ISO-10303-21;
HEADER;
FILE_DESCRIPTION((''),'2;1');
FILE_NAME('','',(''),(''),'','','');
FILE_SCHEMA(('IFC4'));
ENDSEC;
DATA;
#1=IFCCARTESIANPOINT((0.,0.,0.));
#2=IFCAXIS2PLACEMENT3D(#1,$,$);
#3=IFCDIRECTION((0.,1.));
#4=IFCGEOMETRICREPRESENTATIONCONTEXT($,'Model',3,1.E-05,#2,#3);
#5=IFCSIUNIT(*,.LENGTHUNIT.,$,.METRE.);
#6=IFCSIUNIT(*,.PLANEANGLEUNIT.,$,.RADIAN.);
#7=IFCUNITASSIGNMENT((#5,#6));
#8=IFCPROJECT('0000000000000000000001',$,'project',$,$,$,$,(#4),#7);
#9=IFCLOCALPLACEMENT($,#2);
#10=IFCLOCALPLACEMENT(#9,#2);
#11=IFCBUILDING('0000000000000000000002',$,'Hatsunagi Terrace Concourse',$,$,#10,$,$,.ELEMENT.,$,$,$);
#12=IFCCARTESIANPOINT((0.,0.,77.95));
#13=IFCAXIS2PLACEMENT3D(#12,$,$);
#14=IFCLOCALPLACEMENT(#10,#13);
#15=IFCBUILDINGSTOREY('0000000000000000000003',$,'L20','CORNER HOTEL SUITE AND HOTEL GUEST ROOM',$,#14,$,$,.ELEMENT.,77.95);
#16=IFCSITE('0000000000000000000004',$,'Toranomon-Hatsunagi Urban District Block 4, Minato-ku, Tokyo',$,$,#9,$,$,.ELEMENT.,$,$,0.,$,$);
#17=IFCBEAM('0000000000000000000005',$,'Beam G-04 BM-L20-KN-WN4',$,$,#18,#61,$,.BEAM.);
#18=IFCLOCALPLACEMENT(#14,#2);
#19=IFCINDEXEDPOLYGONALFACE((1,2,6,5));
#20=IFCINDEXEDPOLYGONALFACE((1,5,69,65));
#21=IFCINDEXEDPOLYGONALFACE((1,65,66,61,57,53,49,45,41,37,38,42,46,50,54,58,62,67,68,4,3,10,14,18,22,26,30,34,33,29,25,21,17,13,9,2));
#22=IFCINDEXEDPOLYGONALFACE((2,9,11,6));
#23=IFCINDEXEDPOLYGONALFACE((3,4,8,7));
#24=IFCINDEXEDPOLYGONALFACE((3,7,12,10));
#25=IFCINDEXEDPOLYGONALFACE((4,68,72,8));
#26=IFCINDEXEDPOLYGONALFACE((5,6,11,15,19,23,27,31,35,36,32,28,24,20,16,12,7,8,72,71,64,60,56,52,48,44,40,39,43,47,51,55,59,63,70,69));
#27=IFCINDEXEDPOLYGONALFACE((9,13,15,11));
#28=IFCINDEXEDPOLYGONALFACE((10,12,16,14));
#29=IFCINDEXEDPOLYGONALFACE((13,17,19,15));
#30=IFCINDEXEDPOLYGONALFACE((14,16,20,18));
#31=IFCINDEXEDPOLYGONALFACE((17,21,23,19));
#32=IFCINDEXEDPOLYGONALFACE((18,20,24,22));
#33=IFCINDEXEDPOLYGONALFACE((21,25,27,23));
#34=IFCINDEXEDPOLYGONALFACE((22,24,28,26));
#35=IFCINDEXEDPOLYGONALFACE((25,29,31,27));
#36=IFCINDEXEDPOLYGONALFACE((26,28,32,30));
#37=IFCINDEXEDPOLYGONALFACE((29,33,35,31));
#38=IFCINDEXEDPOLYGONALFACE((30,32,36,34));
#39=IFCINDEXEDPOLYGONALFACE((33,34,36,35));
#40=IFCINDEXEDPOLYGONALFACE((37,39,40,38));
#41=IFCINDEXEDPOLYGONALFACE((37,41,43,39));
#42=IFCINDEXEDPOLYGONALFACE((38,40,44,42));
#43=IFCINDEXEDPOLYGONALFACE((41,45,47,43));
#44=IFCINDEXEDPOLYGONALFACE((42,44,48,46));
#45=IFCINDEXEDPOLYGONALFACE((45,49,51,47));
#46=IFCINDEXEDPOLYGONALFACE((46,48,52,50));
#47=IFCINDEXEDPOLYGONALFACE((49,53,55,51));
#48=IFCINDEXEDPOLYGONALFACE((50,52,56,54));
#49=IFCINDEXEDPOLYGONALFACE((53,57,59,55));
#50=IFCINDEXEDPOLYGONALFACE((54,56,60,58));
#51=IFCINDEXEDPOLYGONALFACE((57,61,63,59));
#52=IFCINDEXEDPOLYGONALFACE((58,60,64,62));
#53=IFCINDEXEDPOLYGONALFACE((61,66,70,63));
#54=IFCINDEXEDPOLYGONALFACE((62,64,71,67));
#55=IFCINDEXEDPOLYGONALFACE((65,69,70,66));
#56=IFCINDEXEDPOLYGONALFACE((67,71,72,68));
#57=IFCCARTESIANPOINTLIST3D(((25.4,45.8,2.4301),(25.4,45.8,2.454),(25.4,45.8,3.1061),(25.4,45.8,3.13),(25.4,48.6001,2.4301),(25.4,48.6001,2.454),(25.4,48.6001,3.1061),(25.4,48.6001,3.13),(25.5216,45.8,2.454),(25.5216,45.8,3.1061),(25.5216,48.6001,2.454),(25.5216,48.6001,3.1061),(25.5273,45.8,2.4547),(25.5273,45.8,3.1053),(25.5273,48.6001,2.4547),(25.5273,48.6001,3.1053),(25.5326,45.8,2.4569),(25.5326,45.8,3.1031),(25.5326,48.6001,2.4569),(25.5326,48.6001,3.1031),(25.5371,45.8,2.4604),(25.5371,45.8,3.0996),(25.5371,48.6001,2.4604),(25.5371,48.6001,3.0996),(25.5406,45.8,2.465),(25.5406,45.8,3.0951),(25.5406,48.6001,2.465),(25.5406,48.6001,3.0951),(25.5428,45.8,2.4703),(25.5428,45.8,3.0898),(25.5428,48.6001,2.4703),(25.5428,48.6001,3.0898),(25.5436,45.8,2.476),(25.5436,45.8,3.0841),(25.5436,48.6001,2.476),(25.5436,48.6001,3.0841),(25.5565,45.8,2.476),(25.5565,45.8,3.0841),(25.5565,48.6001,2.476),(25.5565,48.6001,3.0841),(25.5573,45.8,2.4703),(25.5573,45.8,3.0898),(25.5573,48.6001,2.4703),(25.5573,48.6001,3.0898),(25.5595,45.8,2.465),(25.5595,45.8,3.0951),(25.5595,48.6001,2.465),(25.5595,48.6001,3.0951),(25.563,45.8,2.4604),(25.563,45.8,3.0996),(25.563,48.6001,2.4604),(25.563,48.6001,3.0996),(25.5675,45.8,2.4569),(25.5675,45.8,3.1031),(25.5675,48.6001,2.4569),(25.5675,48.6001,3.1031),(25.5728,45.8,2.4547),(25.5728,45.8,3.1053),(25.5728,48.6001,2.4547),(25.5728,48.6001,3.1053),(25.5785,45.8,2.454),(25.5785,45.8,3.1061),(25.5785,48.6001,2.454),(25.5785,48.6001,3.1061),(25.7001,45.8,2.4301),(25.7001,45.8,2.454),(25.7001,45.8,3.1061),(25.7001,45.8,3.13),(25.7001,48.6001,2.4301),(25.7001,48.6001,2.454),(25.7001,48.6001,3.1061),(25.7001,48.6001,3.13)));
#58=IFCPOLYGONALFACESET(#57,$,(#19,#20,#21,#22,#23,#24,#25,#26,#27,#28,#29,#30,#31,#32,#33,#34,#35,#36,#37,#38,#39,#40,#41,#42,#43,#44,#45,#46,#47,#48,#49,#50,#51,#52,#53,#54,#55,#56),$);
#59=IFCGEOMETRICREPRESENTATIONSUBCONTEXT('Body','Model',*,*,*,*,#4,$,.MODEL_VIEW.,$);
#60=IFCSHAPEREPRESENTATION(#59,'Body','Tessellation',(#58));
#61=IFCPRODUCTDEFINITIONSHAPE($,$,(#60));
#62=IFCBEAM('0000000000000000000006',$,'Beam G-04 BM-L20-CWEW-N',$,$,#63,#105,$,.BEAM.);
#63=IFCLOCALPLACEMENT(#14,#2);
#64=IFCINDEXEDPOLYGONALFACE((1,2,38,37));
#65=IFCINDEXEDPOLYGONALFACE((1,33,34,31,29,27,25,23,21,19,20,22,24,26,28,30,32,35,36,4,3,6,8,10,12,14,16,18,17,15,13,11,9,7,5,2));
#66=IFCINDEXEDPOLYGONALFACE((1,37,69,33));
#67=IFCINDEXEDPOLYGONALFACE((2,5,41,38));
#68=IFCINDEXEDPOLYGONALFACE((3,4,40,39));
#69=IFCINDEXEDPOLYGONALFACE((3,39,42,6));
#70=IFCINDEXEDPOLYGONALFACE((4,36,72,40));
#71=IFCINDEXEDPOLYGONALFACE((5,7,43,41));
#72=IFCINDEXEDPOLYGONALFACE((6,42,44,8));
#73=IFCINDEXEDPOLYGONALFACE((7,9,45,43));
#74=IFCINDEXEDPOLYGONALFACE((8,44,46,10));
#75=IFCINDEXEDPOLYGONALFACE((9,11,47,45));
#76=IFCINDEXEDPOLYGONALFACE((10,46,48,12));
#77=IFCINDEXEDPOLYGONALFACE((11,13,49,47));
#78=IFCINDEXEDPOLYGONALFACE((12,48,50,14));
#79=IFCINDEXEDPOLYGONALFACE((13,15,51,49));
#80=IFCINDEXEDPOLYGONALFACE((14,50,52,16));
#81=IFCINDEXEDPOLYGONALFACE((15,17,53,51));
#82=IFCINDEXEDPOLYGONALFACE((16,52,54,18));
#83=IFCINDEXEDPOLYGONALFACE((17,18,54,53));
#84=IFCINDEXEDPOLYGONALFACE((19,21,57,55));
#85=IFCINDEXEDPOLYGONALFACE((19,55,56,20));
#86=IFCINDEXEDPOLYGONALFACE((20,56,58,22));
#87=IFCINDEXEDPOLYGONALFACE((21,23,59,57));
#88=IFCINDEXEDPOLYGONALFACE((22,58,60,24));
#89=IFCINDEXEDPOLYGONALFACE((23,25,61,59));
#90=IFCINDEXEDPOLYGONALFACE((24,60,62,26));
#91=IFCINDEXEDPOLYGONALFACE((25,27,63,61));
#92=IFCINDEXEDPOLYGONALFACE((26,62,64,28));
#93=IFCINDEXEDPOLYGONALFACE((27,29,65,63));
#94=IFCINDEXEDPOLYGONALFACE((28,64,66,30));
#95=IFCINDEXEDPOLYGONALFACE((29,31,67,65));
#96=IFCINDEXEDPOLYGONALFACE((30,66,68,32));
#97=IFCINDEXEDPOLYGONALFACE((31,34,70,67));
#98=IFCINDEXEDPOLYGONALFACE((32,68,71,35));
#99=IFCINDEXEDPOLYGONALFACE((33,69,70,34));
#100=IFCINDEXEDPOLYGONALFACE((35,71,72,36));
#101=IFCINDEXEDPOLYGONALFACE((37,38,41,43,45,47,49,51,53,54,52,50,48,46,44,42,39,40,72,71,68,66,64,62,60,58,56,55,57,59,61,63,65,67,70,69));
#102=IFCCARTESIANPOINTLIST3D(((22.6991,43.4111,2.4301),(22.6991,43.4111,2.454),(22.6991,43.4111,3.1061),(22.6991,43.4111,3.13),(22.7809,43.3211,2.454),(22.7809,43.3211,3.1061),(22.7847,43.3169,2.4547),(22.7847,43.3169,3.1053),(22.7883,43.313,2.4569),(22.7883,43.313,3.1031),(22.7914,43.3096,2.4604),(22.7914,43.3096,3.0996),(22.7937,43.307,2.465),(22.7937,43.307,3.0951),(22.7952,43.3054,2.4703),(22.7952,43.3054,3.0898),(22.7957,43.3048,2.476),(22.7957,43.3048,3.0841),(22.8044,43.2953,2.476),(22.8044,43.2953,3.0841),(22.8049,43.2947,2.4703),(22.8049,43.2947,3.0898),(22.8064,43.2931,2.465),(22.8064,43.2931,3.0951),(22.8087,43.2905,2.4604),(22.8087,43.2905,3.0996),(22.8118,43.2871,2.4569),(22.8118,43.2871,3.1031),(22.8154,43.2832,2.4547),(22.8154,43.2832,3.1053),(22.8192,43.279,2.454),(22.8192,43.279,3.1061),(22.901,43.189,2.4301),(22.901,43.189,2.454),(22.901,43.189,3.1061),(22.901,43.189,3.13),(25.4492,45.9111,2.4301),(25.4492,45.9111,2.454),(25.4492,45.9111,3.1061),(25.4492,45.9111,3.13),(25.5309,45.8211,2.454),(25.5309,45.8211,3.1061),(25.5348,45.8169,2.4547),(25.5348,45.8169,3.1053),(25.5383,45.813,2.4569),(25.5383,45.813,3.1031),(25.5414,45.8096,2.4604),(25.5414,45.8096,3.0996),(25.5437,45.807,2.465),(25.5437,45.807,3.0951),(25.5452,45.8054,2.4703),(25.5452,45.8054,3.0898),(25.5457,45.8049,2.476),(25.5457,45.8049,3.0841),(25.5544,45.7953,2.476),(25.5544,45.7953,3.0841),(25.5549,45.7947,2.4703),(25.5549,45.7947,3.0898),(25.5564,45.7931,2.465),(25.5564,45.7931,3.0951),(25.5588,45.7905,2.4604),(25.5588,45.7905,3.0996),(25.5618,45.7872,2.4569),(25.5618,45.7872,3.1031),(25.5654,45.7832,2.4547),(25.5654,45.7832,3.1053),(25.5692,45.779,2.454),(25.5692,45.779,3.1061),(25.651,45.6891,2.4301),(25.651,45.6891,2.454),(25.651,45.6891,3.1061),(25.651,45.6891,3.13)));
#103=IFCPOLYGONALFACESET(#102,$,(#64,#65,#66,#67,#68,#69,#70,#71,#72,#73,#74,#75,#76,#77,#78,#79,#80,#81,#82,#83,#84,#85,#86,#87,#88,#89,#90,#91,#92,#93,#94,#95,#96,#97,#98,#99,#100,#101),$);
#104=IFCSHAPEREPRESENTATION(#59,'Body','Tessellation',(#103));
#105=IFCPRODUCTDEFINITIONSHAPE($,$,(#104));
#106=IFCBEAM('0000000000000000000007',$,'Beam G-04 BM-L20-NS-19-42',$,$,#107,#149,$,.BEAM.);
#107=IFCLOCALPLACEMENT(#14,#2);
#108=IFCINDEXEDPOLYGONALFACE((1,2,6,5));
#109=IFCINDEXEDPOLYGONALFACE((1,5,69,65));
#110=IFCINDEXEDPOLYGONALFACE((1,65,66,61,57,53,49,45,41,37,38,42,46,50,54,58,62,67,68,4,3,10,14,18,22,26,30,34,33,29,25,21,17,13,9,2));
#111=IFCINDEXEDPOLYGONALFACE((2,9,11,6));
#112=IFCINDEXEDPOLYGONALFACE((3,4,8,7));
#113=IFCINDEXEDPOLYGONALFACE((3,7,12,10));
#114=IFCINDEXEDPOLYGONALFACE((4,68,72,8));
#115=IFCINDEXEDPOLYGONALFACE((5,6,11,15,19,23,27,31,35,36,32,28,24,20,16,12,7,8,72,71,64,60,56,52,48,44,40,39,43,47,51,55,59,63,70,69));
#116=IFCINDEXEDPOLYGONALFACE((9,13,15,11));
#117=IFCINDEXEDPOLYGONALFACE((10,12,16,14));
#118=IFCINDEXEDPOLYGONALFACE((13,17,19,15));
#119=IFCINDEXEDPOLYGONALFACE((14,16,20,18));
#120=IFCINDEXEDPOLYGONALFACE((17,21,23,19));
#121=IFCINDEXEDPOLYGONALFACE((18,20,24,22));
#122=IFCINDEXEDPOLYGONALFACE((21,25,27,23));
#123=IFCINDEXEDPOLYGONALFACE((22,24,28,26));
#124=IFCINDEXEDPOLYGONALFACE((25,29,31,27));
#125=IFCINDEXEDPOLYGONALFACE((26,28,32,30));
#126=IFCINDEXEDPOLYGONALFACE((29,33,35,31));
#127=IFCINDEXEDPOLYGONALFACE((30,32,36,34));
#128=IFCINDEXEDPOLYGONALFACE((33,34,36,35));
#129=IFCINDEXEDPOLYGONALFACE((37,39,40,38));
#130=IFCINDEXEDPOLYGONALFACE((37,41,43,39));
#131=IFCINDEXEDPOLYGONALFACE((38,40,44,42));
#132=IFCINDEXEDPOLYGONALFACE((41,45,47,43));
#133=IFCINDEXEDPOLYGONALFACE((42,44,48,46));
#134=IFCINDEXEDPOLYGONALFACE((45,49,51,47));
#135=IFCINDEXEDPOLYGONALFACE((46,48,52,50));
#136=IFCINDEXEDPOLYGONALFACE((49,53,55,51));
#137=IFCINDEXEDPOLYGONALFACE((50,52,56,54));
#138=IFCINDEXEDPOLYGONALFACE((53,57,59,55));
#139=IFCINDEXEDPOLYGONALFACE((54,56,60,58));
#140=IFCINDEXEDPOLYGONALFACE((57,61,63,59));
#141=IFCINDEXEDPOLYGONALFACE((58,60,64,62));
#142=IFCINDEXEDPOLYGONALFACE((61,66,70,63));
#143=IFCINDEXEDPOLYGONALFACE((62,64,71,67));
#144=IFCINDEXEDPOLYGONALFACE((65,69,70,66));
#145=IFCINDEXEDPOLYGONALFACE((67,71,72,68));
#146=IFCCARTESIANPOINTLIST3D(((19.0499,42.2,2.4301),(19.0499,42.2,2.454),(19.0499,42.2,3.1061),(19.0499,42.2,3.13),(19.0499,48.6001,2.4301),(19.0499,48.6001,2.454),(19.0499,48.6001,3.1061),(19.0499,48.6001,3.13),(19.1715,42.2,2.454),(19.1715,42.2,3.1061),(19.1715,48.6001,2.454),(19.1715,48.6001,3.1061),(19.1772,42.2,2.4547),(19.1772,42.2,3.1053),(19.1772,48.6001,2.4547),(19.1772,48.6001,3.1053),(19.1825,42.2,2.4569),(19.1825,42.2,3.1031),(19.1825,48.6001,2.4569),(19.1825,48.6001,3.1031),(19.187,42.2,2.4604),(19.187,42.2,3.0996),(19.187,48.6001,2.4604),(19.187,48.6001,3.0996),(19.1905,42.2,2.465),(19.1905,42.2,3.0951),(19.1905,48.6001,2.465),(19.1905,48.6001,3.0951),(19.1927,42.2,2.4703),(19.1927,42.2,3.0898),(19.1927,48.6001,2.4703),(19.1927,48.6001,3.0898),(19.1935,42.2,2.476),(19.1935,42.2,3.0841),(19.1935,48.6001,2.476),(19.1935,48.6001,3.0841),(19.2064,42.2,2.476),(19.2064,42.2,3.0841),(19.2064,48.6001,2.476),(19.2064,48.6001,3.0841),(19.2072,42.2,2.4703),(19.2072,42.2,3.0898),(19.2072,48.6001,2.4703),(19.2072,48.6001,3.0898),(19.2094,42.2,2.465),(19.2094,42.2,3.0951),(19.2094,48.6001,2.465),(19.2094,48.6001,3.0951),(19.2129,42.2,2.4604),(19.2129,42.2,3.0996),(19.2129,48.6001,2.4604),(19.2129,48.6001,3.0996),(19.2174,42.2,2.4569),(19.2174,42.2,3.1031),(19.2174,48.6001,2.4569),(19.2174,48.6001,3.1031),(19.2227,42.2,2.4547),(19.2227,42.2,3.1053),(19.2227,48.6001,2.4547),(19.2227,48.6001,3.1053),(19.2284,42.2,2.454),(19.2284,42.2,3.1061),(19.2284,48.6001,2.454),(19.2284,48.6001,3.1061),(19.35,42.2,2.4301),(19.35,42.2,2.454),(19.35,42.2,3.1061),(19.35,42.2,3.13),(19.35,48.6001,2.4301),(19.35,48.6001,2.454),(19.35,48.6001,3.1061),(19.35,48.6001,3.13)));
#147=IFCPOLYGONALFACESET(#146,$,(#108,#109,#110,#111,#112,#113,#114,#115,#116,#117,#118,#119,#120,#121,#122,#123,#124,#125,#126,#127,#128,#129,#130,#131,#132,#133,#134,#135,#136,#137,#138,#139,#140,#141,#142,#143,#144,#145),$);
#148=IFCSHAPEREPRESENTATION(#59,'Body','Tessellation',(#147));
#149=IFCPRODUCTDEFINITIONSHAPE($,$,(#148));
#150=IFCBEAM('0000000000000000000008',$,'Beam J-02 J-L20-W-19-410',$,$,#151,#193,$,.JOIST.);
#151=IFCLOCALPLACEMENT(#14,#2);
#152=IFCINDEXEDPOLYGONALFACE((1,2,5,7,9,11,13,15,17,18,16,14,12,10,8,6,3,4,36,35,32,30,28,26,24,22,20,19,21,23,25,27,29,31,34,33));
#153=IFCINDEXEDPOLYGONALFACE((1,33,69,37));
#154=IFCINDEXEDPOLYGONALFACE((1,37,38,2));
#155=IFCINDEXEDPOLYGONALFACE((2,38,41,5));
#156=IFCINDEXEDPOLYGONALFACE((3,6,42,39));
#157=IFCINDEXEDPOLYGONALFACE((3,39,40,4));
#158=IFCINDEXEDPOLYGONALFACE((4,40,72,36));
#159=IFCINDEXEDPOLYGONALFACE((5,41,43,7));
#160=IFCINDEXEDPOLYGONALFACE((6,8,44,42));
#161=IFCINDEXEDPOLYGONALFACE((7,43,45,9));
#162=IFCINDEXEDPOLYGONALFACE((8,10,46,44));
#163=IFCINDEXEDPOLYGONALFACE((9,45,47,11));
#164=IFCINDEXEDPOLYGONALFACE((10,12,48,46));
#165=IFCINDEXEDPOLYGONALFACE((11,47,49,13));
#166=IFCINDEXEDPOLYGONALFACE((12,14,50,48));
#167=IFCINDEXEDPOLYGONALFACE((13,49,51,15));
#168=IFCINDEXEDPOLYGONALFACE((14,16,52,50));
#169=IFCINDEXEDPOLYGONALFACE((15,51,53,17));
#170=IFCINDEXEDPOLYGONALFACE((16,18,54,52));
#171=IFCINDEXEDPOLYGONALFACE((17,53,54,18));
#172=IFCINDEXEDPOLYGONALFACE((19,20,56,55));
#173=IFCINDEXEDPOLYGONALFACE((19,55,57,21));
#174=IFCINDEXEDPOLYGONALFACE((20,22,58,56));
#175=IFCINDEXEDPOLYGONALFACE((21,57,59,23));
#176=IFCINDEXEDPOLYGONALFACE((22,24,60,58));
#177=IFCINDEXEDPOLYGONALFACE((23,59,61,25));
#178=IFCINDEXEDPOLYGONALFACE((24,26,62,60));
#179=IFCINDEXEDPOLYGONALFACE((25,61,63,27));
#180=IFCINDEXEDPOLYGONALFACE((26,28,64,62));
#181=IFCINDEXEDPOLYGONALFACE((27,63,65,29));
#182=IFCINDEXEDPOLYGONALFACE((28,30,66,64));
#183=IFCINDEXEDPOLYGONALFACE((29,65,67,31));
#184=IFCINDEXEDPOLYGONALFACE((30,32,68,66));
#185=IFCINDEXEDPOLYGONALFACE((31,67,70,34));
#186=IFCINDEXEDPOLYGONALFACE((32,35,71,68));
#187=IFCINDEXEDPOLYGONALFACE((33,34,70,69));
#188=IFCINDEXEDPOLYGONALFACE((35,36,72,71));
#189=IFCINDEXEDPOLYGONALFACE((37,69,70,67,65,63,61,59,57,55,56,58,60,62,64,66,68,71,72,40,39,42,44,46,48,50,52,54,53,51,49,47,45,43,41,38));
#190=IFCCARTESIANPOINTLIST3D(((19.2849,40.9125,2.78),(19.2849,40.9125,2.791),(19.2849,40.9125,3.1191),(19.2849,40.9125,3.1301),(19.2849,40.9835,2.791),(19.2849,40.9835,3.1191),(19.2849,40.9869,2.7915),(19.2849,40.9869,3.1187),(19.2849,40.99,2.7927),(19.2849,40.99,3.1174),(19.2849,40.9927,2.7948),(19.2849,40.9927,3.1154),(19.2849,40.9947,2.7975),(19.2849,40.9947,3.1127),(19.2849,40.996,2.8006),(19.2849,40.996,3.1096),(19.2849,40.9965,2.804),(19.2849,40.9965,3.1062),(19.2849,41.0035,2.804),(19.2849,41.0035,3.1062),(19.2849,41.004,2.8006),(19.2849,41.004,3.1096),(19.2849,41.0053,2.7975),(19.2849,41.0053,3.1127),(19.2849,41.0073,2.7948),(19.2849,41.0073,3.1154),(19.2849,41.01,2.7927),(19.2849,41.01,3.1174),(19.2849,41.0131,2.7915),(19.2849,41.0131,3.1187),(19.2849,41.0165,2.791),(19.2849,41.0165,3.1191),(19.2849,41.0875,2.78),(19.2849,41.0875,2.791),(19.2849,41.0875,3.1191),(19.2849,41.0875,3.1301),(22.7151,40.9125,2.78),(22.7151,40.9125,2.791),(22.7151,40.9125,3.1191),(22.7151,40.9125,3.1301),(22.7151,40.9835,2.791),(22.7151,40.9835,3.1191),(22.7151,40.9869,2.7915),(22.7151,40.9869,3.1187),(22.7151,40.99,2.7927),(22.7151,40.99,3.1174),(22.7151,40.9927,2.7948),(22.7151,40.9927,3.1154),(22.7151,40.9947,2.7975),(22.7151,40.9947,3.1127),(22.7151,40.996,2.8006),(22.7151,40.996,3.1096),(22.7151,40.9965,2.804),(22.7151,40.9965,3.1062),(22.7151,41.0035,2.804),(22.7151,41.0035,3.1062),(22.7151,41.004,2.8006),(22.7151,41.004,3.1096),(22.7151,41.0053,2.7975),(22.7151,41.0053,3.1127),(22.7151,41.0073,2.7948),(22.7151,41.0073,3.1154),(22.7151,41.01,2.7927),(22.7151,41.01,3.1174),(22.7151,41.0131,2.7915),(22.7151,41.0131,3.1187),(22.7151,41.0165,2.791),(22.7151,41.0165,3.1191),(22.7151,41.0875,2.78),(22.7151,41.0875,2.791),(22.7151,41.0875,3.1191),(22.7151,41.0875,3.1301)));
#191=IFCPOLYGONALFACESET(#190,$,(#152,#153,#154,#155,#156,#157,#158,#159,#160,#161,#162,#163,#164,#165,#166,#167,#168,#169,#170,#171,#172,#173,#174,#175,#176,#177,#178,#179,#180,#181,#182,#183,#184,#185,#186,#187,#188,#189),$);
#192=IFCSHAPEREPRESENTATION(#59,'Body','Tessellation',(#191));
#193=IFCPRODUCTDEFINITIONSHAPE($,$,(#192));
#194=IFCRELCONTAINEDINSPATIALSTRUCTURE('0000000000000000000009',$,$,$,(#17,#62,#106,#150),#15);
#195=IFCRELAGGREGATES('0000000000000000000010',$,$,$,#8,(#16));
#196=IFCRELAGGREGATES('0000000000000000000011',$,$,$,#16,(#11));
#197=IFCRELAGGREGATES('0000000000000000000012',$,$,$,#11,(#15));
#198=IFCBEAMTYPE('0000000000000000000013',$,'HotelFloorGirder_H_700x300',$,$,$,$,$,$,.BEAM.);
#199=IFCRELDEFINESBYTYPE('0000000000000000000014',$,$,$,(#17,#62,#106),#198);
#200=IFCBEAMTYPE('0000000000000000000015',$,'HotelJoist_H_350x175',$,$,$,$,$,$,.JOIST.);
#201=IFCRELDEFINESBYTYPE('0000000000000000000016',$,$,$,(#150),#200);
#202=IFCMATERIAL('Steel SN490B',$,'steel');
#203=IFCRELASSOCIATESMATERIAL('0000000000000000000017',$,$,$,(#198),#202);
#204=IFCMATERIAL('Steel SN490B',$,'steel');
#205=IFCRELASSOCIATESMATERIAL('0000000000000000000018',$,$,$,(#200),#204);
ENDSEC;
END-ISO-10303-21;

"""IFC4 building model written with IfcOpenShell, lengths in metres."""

from ifc_helpers import new_model, si_unit, direction, frame, origin, origin_2d, place, context, subcontext, project, spatial, i_section, extrude, material, material_profile, profile_set, type_object, element, save


model = new_model("IFC4")

# Units and contexts
model_context = context("Model", 3, precision=1e-05, world=origin(), true_north=direction((0.0, 1.0)))
body_context = subcontext(model_context, "Body", "Model", "MODEL_VIEW")
ifc_project = project(units=[si_unit("LENGTHUNIT", "METRE"), si_unit("PLANEANGLEUNIT", "RADIAN")], contexts=[model_context])

# Site, building, storey
site_placement = place(None, origin())
site = spatial("IfcSite", under=ifc_project, at=site_placement, Name="Toranomon-Hatsunagi Urban District Block 4, Minato-ku, Tokyo", CompositionType="ELEMENT", RefElevation=0.0)
building_placement = place(site_placement, origin())
building = spatial("IfcBuilding", under=site, at=building_placement, Name="Hatsunagi Terrace Concourse", CompositionType="ELEMENT")
storey_placement = place(building_placement, frame((0.0, 0.0, 77.95)))
storey = spatial("IfcBuildingStorey", under=building, at=storey_placement, Name="L20", Description="CORNER HOTEL SUITE AND HOTEL GUEST ROOM", CompositionType="ELEMENT", Elevation=77.95)

# Beams
ifc_material_1 = material(Name="Steel SN490B", Category="steel")
ifc_material_profile_1 = material_profile(ifc_material_1, i_section(OverallWidth=0.3, OverallDepth=0.7, WebThickness=0.0129, FlangeThickness=0.0239, FilletRadius=0.022, at=origin_2d()), Name="H-700x300x13x24")
ifc_profile_set_1 = profile_set([ifc_material_profile_1], Name="Steel SN490B")
beam_type_1 = type_object("IfcBeamType", Name="HotelFloorGirder_H_700x300", PredefinedType="BEAM", material=ifc_profile_set_1)
beam_1_placement = place(storey_placement, frame((25.55, 45.8, 2.78), z_axis=(0.0, 1.0, 0.0), x_axis=(-1.0, 0.0, 0.0)))
element("IfcBeam", 1, at=beam_1_placement, inside=storey, type_object=beam_type_1, Name="Beam G-04 BM-L20-KN-WN4", PredefinedType="BEAM", context=body_context, shape_type="SweptSolid", body=[
    extrude(i_section(OverallWidth=0.3, OverallDepth=0.7, WebThickness=0.0129, FlangeThickness=0.0239, FilletRadius=0.022, at=origin_2d()), origin(), (0.0, 0.0, 1.0), 2.8),
])
beam_2_placement = place(storey_placement, frame((22.8, 43.3, 2.78), z_axis=(0.73994, 0.672673, 0.0), x_axis=(-0.672673, 0.73994, 0.0)))
element("IfcBeam", 2, at=beam_2_placement, inside=storey, type_object=beam_type_1, Name="Beam G-04 BM-L20-CWEW-N", PredefinedType="BEAM", context=body_context, shape_type="SweptSolid", body=[
    extrude(i_section(OverallWidth=0.3, OverallDepth=0.7, WebThickness=0.0129, FlangeThickness=0.0239, FilletRadius=0.022, at=origin_2d()), origin(), (0.0, 0.0, 1.0), 3.7166),
])
beam_3_placement = place(storey_placement, frame((19.2, 42.2, 2.78), z_axis=(0.0, 1.0, 0.0), x_axis=(-1.0, 0.0, 0.0)))
element("IfcBeam", 3, at=beam_3_placement, inside=storey, type_object=beam_type_1, Name="Beam G-04 BM-L20-NS-19-42", PredefinedType="BEAM", context=body_context, shape_type="SweptSolid", body=[
    extrude(i_section(OverallWidth=0.3, OverallDepth=0.7, WebThickness=0.0129, FlangeThickness=0.0239, FilletRadius=0.022, at=origin_2d()), origin(), (0.0, 0.0, 1.0), 6.4001),
])
ifc_material_2 = material(Name="Steel SN490B", Category="steel")
ifc_material_profile_2 = material_profile(ifc_material_2, i_section(OverallWidth=0.175, OverallDepth=0.3501, WebThickness=0.0071, FlangeThickness=0.011, FilletRadius=0.0129, at=origin_2d()), Name="H-350x175x7x11")
ifc_profile_set_2 = profile_set([ifc_material_profile_2], Name="Steel SN490B")
beam_type_2 = type_object("IfcBeamType", Name="HotelJoist_H_350x175", PredefinedType="JOIST", material=ifc_profile_set_2)
beam_4_placement = place(storey_placement, frame((19.2849, 41.0, 2.9551), z_axis=(1.0, 0.0, 0.0), x_axis=(0.0, 1.0, 0.0)))
element("IfcBeam", 4, at=beam_4_placement, inside=storey, type_object=beam_type_2, Name="Beam J-02 J-L20-W-19-410", PredefinedType="JOIST", context=body_context, shape_type="SweptSolid", body=[
    extrude(i_section(OverallWidth=0.175, OverallDepth=0.3501, WebThickness=0.0071, FlangeThickness=0.011, FilletRadius=0.0129, at=origin_2d()), origin(), (0.0, 0.0, 1.0), 3.4302),
])

save(model, "model.ifc")
